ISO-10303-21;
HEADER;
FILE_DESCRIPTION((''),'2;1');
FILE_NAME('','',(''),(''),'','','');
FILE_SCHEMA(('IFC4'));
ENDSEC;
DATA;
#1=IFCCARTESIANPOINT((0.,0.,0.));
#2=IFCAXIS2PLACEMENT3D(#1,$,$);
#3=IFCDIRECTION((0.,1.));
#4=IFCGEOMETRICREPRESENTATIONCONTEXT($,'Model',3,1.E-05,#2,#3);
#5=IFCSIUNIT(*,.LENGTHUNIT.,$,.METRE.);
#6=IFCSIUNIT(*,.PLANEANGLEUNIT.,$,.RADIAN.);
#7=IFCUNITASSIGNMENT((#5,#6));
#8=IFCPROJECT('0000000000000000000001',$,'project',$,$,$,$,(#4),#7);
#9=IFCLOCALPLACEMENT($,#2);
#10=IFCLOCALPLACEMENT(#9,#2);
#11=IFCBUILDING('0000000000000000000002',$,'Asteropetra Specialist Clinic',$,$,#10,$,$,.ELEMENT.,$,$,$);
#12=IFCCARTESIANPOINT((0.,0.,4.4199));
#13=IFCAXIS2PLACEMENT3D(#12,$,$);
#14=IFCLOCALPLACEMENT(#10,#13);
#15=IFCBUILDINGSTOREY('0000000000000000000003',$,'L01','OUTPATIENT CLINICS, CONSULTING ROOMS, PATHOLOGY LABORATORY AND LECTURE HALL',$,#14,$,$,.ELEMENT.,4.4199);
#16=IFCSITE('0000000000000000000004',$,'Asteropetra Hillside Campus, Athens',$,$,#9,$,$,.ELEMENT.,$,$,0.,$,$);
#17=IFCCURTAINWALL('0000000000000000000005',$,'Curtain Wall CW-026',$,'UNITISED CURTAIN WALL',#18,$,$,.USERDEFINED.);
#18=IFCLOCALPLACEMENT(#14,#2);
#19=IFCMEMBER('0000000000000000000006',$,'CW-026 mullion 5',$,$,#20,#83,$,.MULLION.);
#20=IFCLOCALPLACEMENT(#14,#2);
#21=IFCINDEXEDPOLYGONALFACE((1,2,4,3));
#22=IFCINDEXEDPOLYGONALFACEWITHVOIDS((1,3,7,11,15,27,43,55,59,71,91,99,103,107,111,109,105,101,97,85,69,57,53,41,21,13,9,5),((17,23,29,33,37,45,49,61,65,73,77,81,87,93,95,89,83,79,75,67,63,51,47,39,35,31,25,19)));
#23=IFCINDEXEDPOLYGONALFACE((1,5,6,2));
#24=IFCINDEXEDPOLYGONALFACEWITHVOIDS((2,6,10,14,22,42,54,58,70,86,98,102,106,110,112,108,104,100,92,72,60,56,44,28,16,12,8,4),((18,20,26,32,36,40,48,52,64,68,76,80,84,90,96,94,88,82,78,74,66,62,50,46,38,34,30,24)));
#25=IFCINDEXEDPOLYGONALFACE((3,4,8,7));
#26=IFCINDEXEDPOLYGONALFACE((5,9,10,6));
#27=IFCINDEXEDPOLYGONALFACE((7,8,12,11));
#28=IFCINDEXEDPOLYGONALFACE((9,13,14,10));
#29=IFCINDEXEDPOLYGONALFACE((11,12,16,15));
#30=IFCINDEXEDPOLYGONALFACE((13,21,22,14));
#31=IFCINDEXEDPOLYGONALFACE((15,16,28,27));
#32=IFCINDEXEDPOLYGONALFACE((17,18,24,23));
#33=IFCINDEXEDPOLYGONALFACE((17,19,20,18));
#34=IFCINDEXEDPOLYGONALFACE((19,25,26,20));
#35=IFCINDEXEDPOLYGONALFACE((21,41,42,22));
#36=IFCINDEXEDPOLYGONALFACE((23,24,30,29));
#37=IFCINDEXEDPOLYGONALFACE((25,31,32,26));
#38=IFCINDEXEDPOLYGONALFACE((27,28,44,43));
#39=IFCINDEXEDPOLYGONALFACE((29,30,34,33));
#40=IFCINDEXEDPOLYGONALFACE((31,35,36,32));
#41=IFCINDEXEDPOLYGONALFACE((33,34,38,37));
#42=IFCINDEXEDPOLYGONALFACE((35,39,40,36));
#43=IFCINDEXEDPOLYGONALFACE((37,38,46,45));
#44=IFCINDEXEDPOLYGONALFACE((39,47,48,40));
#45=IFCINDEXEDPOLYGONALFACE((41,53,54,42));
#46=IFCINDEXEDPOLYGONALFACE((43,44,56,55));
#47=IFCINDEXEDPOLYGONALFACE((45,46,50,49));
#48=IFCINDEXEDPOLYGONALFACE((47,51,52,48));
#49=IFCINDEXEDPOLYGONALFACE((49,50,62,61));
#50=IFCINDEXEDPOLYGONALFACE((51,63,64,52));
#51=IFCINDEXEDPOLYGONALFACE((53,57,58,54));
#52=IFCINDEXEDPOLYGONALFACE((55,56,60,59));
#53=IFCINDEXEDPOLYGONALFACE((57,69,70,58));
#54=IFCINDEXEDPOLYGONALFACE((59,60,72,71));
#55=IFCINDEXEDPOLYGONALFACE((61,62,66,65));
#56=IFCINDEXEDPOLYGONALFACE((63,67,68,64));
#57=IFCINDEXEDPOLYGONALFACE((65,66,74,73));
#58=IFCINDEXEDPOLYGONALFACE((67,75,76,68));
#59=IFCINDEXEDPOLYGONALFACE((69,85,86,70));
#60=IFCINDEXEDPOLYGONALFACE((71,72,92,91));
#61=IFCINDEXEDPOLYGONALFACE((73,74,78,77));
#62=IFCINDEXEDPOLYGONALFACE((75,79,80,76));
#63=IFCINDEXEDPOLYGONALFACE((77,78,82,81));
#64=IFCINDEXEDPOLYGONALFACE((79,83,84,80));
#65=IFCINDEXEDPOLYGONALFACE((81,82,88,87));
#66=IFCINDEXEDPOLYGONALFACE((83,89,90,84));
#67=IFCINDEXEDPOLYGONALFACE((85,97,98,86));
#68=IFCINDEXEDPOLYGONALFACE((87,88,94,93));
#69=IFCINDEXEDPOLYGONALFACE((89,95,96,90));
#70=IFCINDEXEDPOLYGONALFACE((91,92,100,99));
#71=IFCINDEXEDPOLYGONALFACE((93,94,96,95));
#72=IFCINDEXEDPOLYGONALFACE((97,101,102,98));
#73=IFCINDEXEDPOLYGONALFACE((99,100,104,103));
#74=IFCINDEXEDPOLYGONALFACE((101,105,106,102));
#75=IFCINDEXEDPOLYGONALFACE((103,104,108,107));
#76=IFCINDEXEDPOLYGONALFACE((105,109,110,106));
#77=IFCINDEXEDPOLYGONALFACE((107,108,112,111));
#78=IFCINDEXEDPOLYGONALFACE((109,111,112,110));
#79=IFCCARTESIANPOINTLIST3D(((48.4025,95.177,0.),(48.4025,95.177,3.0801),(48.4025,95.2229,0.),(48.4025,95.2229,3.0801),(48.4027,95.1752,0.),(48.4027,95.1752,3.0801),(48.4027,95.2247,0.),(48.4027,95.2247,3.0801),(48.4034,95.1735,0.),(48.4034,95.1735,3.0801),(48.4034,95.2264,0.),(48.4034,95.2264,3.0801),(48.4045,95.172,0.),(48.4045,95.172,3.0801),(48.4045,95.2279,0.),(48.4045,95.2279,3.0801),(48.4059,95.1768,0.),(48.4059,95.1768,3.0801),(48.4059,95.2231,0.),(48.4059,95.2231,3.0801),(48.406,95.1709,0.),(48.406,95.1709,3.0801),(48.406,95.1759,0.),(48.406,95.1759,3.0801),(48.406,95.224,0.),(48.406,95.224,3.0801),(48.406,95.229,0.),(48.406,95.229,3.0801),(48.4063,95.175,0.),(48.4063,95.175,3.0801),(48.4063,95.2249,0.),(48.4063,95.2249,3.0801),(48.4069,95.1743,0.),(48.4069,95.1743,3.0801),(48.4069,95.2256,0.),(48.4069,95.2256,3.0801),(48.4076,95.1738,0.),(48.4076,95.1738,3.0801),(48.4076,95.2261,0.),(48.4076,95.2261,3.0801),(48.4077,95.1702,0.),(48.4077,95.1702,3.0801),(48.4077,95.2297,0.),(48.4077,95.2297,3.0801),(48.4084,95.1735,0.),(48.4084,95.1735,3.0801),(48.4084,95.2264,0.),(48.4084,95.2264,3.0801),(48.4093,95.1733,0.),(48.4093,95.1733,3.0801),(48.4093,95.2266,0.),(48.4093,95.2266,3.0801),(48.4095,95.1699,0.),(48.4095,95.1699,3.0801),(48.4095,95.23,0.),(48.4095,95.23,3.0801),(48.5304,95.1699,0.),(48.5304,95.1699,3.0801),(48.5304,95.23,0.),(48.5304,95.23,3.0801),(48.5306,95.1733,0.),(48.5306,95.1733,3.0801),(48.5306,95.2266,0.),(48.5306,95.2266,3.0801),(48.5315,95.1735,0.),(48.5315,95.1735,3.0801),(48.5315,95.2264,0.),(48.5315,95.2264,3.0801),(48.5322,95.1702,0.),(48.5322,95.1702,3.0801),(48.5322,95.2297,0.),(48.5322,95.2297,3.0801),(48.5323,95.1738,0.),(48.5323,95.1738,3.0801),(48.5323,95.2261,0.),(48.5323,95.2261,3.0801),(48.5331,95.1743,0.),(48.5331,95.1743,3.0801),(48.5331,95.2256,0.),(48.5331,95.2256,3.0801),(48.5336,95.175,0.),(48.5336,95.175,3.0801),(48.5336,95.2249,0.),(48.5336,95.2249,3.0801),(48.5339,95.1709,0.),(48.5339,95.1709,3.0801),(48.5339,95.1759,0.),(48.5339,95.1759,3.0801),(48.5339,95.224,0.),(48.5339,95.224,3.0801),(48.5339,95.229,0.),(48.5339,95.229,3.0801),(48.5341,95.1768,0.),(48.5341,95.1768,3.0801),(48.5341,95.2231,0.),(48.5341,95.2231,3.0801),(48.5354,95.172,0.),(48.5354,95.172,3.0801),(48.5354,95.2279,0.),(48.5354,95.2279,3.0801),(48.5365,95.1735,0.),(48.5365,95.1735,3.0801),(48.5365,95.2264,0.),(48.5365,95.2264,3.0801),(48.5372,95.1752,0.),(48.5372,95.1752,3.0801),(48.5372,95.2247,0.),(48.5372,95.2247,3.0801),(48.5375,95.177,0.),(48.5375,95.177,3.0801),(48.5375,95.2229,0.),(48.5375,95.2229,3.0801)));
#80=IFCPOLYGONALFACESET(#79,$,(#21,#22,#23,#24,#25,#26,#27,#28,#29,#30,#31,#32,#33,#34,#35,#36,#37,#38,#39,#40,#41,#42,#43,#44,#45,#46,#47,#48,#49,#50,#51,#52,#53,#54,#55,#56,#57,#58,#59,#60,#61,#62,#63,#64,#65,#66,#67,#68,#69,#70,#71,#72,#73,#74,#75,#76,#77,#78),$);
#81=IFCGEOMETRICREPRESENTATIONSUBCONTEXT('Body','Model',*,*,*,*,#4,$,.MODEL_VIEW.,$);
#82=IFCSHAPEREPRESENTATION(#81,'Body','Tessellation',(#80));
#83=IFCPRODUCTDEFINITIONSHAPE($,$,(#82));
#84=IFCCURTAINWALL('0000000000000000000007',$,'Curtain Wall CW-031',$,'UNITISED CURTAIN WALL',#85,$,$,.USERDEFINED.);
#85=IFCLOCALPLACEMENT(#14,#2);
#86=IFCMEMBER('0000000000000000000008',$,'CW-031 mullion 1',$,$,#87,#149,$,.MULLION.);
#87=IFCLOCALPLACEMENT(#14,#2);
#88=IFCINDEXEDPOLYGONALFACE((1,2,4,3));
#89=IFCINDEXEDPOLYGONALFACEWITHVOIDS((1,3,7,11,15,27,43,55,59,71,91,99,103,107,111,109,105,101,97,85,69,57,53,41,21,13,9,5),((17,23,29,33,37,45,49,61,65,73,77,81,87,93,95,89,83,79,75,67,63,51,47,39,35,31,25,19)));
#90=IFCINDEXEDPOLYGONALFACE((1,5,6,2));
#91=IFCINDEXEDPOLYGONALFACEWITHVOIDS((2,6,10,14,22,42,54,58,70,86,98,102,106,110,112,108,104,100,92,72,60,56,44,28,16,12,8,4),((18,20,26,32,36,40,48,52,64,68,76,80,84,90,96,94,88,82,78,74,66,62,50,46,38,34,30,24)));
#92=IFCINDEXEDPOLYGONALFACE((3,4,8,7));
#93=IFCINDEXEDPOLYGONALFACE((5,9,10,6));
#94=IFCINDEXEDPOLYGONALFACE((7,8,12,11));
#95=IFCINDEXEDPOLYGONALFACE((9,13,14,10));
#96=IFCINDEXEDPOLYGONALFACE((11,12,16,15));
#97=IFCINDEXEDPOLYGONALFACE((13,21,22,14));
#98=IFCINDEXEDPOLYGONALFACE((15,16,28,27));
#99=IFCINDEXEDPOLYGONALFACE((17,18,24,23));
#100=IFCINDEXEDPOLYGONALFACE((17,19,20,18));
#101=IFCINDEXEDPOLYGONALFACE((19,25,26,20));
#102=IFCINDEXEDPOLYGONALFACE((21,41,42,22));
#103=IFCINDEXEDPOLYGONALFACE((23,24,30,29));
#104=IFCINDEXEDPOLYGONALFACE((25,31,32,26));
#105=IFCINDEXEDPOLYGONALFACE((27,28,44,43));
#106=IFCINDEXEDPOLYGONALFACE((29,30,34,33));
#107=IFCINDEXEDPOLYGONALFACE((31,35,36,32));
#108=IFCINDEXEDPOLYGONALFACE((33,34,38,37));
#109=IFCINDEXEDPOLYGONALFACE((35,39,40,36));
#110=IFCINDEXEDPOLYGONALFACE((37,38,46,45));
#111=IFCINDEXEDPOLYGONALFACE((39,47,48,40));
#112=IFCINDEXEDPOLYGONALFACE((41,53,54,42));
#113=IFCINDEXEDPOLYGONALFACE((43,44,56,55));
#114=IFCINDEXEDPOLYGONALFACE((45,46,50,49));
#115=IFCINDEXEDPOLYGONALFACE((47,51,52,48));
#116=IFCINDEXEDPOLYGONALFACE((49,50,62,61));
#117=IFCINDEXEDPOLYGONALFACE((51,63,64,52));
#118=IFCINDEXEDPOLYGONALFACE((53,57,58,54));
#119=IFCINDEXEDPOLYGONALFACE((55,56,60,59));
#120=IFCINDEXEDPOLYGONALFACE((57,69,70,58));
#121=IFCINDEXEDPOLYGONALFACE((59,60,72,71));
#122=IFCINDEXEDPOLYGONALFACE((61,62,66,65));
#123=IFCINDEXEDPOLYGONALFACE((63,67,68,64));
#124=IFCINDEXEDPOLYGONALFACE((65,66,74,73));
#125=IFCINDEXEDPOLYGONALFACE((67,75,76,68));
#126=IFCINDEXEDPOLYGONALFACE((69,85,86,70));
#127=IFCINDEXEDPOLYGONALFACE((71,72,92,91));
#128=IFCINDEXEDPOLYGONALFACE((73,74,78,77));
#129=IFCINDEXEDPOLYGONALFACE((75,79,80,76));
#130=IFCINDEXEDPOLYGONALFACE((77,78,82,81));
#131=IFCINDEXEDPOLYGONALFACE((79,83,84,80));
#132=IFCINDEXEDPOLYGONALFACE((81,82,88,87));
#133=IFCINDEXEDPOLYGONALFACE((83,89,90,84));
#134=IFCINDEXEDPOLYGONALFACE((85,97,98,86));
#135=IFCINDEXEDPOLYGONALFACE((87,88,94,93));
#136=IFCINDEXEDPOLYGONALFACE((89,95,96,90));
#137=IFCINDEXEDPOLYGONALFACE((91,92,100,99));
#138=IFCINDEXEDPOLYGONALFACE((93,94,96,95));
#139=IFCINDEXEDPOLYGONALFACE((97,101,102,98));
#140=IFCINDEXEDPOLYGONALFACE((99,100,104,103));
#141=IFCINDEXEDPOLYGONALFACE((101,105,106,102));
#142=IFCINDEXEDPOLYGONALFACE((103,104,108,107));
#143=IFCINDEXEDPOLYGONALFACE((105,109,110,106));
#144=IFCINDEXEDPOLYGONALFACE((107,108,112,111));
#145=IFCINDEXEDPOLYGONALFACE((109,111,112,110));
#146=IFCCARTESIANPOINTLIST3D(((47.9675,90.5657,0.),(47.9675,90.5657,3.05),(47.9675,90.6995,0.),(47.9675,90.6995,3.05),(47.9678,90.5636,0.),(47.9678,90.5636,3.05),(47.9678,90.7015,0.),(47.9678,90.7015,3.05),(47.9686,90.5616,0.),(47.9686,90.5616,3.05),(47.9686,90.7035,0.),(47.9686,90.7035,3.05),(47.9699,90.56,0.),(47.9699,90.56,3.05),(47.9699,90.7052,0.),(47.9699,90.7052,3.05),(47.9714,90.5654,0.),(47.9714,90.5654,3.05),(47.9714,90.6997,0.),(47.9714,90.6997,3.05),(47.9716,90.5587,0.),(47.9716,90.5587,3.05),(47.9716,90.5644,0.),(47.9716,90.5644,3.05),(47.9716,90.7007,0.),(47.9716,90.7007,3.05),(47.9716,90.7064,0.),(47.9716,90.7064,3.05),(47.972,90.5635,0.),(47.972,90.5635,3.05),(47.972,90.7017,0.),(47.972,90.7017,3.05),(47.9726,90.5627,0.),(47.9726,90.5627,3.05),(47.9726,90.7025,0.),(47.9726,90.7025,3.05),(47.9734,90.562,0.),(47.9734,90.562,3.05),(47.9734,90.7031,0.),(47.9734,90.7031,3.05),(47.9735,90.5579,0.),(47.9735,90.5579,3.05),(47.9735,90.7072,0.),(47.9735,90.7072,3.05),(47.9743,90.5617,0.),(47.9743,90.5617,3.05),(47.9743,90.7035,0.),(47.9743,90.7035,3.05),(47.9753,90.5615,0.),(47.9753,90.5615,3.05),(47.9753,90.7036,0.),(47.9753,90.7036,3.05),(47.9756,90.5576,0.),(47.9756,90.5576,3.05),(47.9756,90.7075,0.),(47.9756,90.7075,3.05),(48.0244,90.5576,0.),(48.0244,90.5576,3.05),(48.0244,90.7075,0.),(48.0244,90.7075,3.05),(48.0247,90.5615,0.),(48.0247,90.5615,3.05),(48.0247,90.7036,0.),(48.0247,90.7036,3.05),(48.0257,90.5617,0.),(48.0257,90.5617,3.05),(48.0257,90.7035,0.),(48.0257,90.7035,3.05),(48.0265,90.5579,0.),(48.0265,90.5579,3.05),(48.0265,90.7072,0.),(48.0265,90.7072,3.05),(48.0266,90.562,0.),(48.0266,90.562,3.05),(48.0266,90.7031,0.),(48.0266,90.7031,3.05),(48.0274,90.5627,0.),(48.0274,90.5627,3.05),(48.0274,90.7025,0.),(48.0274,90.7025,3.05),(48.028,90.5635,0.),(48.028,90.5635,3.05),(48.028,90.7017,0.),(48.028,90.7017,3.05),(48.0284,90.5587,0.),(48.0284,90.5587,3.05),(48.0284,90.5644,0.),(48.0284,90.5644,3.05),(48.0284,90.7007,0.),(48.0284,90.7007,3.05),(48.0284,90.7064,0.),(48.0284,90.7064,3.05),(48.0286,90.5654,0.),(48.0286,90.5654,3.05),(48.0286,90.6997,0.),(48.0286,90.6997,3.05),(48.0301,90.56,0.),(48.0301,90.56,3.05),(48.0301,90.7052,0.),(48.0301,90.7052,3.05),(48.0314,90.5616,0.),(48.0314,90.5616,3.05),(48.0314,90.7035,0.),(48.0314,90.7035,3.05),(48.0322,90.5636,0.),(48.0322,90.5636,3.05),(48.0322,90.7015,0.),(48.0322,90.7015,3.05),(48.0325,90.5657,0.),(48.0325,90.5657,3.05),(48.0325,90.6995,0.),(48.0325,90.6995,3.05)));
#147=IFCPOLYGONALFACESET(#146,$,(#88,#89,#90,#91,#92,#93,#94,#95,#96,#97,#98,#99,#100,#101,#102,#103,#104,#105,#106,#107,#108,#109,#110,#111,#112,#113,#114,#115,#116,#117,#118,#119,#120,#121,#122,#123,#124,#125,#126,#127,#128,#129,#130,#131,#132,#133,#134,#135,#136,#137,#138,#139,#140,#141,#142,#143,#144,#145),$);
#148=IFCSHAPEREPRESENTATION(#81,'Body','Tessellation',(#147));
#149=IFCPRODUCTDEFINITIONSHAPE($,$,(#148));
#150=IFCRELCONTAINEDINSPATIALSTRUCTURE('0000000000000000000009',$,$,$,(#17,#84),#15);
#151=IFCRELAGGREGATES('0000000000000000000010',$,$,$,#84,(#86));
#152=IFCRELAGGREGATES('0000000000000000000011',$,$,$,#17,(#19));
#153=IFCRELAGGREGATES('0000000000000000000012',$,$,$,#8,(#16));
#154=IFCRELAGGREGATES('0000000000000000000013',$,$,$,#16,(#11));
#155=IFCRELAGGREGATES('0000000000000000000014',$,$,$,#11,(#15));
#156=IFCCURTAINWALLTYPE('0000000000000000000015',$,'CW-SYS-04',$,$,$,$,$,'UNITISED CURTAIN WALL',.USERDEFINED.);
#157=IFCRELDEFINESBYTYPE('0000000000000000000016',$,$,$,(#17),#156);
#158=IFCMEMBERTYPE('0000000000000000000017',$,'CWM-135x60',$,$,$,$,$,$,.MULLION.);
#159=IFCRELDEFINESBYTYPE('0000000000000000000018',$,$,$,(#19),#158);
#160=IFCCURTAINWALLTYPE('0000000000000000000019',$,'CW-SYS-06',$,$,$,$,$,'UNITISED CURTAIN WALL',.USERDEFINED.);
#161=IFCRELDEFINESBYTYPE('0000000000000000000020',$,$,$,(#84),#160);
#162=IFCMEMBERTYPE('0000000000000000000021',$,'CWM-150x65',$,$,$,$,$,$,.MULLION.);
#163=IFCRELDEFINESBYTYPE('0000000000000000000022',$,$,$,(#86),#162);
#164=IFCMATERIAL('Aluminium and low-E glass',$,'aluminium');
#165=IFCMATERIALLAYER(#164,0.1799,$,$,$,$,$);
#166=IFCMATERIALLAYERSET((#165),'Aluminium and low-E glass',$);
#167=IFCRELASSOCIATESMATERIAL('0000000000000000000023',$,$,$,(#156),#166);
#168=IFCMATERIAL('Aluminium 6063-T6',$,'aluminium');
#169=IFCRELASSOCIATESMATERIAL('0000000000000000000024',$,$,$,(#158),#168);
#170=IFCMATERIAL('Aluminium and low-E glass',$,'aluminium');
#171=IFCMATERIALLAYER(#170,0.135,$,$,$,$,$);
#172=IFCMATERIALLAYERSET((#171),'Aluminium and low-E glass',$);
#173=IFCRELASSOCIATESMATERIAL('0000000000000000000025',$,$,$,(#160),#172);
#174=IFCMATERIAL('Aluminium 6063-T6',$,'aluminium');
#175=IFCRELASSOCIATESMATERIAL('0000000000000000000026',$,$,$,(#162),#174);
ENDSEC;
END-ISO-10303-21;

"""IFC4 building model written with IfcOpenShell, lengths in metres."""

from ifc_helpers import new_model, si_unit, direction, frame, origin, origin_2d, place, context, subcontext, project, spatial, hollow_rectangle, extrude, material, layer, layer_set, material_profile, profile_set, type_object, element, aggregate, save


model = new_model("IFC4")

# Units and contexts
model_context = context("Model", 3, precision=1e-05, world=origin(), true_north=direction((0.0, 1.0)))
body_context = subcontext(model_context, "Body", "Model", "MODEL_VIEW")
ifc_project = project(units=[si_unit("LENGTHUNIT", "METRE"), si_unit("PLANEANGLEUNIT", "RADIAN")], contexts=[model_context])

# Site, building, storey
site_placement = place(None, origin())
site = spatial("IfcSite", under=ifc_project, at=site_placement, Name="Asteropetra Hillside Campus, Athens", CompositionType="ELEMENT", RefElevation=0.0)
building_placement = place(site_placement, origin())
building = spatial("IfcBuilding", under=site, at=building_placement, Name="Asteropetra Specialist Clinic", CompositionType="ELEMENT")
storey_placement = place(building_placement, frame((0.0, 0.0, 4.4199)))
storey = spatial("IfcBuildingStorey", under=building, at=storey_placement, Name="L01", Description="OUTPATIENT CLINICS, CONSULTING ROOMS, PATHOLOGY LABORATORY AND LECTURE HALL", CompositionType="ELEMENT", Elevation=4.4199)

# Curtain wall, member
ifc_material_1 = material(Name="Aluminium and low-E glass", Category="aluminium")
ifc_layer_1 = layer(ifc_material_1, 0.1799)
ifc_layer_set_1 = layer_set([ifc_layer_1], Name="Aluminium and low-E glass")
curtain_wall_type_1 = type_object("IfcCurtainWallType", Name="CW-SYS-04", ElementType="UNITISED CURTAIN WALL", PredefinedType="USERDEFINED", material=ifc_layer_set_1)
curtain_wall_1_placement = place(storey_placement, origin())
curtain_wall_1 = element("IfcCurtainWall", 1, at=curtain_wall_1_placement, inside=storey, type_object=curtain_wall_type_1, Name="Curtain Wall CW-026", ObjectType="UNITISED CURTAIN WALL", PredefinedType="USERDEFINED")
ifc_material_2 = material(Name="Aluminium 6063-T6", Category="aluminium")
ifc_material_profile_1 = material_profile(ifc_material_2, hollow_rectangle(XDim=0.0601, YDim=0.135, WallThickness=0.0034, InnerFilletRadius=0.0034, OuterFilletRadius=0.0071, at=origin_2d()), Name="MUL 135x60x3.5")
ifc_profile_set_1 = profile_set([ifc_material_profile_1], Name="Aluminium 6063-T6")
member_type_1 = type_object("IfcMemberType", Name="CWM-135x60", PredefinedType="MULLION", material=ifc_profile_set_1)
member_1_placement = place(storey_placement, frame((48.47, 95.2, 0.0), z_axis=(0.0, 0.0, 1.0), x_axis=(0.0, -1.0, 0.0)))
member_1 = element("IfcMember", 2, at=member_1_placement, type_object=member_type_1, Name="CW-026 mullion 5", PredefinedType="MULLION", context=body_context, shape_type="SweptSolid", body=[
    extrude(hollow_rectangle(XDim=0.0601, YDim=0.135, WallThickness=0.0034, InnerFilletRadius=0.0034, OuterFilletRadius=0.0071, at=origin_2d()), origin(), (0.0, 0.0, 1.0), 3.0801),
])

# Curtain wall, member
ifc_material_3 = material(Name="Aluminium and low-E glass", Category="aluminium")
ifc_layer_2 = layer(ifc_material_3, 0.135)
ifc_layer_set_2 = layer_set([ifc_layer_2], Name="Aluminium and low-E glass")
curtain_wall_type_2 = type_object("IfcCurtainWallType", Name="CW-SYS-06", ElementType="UNITISED CURTAIN WALL", PredefinedType="USERDEFINED", material=ifc_layer_set_2)
curtain_wall_2_placement = place(storey_placement, origin())
curtain_wall_2 = element("IfcCurtainWall", 3, at=curtain_wall_2_placement, inside=storey, type_object=curtain_wall_type_2, Name="Curtain Wall CW-031", ObjectType="UNITISED CURTAIN WALL", PredefinedType="USERDEFINED")
ifc_material_4 = material(Name="Aluminium 6063-T6", Category="aluminium")
ifc_material_profile_2 = material_profile(ifc_material_4, hollow_rectangle(XDim=0.0649, YDim=0.1499, WallThickness=0.0039, InnerFilletRadius=0.0039, OuterFilletRadius=0.0081, at=origin_2d()), Name="MUL 150x65x4.0")
ifc_profile_set_2 = profile_set([ifc_material_profile_2], Name="Aluminium 6063-T6")
member_type_2 = type_object("IfcMemberType", Name="CWM-150x65", PredefinedType="MULLION", material=ifc_profile_set_2)
member_2_placement = place(storey_placement, frame((48.0, 90.6326, 0.0), z_axis=(0.0, 0.0, 1.0), x_axis=(1.0, 0.0, 0.0)))
member_2 = element("IfcMember", 4, at=member_2_placement, type_object=member_type_2, Name="CW-031 mullion 1", PredefinedType="MULLION", context=body_context, shape_type="SweptSolid", body=[
    extrude(hollow_rectangle(XDim=0.0649, YDim=0.1499, WallThickness=0.0039, InnerFilletRadius=0.0039, OuterFilletRadius=0.0081, at=origin_2d()), origin(), (0.0, 0.0, 1.0), 3.05),
])

aggregate(curtain_wall_2, [member_2])

aggregate(curtain_wall_1, [member_1])

save(model, "model.ifc")
